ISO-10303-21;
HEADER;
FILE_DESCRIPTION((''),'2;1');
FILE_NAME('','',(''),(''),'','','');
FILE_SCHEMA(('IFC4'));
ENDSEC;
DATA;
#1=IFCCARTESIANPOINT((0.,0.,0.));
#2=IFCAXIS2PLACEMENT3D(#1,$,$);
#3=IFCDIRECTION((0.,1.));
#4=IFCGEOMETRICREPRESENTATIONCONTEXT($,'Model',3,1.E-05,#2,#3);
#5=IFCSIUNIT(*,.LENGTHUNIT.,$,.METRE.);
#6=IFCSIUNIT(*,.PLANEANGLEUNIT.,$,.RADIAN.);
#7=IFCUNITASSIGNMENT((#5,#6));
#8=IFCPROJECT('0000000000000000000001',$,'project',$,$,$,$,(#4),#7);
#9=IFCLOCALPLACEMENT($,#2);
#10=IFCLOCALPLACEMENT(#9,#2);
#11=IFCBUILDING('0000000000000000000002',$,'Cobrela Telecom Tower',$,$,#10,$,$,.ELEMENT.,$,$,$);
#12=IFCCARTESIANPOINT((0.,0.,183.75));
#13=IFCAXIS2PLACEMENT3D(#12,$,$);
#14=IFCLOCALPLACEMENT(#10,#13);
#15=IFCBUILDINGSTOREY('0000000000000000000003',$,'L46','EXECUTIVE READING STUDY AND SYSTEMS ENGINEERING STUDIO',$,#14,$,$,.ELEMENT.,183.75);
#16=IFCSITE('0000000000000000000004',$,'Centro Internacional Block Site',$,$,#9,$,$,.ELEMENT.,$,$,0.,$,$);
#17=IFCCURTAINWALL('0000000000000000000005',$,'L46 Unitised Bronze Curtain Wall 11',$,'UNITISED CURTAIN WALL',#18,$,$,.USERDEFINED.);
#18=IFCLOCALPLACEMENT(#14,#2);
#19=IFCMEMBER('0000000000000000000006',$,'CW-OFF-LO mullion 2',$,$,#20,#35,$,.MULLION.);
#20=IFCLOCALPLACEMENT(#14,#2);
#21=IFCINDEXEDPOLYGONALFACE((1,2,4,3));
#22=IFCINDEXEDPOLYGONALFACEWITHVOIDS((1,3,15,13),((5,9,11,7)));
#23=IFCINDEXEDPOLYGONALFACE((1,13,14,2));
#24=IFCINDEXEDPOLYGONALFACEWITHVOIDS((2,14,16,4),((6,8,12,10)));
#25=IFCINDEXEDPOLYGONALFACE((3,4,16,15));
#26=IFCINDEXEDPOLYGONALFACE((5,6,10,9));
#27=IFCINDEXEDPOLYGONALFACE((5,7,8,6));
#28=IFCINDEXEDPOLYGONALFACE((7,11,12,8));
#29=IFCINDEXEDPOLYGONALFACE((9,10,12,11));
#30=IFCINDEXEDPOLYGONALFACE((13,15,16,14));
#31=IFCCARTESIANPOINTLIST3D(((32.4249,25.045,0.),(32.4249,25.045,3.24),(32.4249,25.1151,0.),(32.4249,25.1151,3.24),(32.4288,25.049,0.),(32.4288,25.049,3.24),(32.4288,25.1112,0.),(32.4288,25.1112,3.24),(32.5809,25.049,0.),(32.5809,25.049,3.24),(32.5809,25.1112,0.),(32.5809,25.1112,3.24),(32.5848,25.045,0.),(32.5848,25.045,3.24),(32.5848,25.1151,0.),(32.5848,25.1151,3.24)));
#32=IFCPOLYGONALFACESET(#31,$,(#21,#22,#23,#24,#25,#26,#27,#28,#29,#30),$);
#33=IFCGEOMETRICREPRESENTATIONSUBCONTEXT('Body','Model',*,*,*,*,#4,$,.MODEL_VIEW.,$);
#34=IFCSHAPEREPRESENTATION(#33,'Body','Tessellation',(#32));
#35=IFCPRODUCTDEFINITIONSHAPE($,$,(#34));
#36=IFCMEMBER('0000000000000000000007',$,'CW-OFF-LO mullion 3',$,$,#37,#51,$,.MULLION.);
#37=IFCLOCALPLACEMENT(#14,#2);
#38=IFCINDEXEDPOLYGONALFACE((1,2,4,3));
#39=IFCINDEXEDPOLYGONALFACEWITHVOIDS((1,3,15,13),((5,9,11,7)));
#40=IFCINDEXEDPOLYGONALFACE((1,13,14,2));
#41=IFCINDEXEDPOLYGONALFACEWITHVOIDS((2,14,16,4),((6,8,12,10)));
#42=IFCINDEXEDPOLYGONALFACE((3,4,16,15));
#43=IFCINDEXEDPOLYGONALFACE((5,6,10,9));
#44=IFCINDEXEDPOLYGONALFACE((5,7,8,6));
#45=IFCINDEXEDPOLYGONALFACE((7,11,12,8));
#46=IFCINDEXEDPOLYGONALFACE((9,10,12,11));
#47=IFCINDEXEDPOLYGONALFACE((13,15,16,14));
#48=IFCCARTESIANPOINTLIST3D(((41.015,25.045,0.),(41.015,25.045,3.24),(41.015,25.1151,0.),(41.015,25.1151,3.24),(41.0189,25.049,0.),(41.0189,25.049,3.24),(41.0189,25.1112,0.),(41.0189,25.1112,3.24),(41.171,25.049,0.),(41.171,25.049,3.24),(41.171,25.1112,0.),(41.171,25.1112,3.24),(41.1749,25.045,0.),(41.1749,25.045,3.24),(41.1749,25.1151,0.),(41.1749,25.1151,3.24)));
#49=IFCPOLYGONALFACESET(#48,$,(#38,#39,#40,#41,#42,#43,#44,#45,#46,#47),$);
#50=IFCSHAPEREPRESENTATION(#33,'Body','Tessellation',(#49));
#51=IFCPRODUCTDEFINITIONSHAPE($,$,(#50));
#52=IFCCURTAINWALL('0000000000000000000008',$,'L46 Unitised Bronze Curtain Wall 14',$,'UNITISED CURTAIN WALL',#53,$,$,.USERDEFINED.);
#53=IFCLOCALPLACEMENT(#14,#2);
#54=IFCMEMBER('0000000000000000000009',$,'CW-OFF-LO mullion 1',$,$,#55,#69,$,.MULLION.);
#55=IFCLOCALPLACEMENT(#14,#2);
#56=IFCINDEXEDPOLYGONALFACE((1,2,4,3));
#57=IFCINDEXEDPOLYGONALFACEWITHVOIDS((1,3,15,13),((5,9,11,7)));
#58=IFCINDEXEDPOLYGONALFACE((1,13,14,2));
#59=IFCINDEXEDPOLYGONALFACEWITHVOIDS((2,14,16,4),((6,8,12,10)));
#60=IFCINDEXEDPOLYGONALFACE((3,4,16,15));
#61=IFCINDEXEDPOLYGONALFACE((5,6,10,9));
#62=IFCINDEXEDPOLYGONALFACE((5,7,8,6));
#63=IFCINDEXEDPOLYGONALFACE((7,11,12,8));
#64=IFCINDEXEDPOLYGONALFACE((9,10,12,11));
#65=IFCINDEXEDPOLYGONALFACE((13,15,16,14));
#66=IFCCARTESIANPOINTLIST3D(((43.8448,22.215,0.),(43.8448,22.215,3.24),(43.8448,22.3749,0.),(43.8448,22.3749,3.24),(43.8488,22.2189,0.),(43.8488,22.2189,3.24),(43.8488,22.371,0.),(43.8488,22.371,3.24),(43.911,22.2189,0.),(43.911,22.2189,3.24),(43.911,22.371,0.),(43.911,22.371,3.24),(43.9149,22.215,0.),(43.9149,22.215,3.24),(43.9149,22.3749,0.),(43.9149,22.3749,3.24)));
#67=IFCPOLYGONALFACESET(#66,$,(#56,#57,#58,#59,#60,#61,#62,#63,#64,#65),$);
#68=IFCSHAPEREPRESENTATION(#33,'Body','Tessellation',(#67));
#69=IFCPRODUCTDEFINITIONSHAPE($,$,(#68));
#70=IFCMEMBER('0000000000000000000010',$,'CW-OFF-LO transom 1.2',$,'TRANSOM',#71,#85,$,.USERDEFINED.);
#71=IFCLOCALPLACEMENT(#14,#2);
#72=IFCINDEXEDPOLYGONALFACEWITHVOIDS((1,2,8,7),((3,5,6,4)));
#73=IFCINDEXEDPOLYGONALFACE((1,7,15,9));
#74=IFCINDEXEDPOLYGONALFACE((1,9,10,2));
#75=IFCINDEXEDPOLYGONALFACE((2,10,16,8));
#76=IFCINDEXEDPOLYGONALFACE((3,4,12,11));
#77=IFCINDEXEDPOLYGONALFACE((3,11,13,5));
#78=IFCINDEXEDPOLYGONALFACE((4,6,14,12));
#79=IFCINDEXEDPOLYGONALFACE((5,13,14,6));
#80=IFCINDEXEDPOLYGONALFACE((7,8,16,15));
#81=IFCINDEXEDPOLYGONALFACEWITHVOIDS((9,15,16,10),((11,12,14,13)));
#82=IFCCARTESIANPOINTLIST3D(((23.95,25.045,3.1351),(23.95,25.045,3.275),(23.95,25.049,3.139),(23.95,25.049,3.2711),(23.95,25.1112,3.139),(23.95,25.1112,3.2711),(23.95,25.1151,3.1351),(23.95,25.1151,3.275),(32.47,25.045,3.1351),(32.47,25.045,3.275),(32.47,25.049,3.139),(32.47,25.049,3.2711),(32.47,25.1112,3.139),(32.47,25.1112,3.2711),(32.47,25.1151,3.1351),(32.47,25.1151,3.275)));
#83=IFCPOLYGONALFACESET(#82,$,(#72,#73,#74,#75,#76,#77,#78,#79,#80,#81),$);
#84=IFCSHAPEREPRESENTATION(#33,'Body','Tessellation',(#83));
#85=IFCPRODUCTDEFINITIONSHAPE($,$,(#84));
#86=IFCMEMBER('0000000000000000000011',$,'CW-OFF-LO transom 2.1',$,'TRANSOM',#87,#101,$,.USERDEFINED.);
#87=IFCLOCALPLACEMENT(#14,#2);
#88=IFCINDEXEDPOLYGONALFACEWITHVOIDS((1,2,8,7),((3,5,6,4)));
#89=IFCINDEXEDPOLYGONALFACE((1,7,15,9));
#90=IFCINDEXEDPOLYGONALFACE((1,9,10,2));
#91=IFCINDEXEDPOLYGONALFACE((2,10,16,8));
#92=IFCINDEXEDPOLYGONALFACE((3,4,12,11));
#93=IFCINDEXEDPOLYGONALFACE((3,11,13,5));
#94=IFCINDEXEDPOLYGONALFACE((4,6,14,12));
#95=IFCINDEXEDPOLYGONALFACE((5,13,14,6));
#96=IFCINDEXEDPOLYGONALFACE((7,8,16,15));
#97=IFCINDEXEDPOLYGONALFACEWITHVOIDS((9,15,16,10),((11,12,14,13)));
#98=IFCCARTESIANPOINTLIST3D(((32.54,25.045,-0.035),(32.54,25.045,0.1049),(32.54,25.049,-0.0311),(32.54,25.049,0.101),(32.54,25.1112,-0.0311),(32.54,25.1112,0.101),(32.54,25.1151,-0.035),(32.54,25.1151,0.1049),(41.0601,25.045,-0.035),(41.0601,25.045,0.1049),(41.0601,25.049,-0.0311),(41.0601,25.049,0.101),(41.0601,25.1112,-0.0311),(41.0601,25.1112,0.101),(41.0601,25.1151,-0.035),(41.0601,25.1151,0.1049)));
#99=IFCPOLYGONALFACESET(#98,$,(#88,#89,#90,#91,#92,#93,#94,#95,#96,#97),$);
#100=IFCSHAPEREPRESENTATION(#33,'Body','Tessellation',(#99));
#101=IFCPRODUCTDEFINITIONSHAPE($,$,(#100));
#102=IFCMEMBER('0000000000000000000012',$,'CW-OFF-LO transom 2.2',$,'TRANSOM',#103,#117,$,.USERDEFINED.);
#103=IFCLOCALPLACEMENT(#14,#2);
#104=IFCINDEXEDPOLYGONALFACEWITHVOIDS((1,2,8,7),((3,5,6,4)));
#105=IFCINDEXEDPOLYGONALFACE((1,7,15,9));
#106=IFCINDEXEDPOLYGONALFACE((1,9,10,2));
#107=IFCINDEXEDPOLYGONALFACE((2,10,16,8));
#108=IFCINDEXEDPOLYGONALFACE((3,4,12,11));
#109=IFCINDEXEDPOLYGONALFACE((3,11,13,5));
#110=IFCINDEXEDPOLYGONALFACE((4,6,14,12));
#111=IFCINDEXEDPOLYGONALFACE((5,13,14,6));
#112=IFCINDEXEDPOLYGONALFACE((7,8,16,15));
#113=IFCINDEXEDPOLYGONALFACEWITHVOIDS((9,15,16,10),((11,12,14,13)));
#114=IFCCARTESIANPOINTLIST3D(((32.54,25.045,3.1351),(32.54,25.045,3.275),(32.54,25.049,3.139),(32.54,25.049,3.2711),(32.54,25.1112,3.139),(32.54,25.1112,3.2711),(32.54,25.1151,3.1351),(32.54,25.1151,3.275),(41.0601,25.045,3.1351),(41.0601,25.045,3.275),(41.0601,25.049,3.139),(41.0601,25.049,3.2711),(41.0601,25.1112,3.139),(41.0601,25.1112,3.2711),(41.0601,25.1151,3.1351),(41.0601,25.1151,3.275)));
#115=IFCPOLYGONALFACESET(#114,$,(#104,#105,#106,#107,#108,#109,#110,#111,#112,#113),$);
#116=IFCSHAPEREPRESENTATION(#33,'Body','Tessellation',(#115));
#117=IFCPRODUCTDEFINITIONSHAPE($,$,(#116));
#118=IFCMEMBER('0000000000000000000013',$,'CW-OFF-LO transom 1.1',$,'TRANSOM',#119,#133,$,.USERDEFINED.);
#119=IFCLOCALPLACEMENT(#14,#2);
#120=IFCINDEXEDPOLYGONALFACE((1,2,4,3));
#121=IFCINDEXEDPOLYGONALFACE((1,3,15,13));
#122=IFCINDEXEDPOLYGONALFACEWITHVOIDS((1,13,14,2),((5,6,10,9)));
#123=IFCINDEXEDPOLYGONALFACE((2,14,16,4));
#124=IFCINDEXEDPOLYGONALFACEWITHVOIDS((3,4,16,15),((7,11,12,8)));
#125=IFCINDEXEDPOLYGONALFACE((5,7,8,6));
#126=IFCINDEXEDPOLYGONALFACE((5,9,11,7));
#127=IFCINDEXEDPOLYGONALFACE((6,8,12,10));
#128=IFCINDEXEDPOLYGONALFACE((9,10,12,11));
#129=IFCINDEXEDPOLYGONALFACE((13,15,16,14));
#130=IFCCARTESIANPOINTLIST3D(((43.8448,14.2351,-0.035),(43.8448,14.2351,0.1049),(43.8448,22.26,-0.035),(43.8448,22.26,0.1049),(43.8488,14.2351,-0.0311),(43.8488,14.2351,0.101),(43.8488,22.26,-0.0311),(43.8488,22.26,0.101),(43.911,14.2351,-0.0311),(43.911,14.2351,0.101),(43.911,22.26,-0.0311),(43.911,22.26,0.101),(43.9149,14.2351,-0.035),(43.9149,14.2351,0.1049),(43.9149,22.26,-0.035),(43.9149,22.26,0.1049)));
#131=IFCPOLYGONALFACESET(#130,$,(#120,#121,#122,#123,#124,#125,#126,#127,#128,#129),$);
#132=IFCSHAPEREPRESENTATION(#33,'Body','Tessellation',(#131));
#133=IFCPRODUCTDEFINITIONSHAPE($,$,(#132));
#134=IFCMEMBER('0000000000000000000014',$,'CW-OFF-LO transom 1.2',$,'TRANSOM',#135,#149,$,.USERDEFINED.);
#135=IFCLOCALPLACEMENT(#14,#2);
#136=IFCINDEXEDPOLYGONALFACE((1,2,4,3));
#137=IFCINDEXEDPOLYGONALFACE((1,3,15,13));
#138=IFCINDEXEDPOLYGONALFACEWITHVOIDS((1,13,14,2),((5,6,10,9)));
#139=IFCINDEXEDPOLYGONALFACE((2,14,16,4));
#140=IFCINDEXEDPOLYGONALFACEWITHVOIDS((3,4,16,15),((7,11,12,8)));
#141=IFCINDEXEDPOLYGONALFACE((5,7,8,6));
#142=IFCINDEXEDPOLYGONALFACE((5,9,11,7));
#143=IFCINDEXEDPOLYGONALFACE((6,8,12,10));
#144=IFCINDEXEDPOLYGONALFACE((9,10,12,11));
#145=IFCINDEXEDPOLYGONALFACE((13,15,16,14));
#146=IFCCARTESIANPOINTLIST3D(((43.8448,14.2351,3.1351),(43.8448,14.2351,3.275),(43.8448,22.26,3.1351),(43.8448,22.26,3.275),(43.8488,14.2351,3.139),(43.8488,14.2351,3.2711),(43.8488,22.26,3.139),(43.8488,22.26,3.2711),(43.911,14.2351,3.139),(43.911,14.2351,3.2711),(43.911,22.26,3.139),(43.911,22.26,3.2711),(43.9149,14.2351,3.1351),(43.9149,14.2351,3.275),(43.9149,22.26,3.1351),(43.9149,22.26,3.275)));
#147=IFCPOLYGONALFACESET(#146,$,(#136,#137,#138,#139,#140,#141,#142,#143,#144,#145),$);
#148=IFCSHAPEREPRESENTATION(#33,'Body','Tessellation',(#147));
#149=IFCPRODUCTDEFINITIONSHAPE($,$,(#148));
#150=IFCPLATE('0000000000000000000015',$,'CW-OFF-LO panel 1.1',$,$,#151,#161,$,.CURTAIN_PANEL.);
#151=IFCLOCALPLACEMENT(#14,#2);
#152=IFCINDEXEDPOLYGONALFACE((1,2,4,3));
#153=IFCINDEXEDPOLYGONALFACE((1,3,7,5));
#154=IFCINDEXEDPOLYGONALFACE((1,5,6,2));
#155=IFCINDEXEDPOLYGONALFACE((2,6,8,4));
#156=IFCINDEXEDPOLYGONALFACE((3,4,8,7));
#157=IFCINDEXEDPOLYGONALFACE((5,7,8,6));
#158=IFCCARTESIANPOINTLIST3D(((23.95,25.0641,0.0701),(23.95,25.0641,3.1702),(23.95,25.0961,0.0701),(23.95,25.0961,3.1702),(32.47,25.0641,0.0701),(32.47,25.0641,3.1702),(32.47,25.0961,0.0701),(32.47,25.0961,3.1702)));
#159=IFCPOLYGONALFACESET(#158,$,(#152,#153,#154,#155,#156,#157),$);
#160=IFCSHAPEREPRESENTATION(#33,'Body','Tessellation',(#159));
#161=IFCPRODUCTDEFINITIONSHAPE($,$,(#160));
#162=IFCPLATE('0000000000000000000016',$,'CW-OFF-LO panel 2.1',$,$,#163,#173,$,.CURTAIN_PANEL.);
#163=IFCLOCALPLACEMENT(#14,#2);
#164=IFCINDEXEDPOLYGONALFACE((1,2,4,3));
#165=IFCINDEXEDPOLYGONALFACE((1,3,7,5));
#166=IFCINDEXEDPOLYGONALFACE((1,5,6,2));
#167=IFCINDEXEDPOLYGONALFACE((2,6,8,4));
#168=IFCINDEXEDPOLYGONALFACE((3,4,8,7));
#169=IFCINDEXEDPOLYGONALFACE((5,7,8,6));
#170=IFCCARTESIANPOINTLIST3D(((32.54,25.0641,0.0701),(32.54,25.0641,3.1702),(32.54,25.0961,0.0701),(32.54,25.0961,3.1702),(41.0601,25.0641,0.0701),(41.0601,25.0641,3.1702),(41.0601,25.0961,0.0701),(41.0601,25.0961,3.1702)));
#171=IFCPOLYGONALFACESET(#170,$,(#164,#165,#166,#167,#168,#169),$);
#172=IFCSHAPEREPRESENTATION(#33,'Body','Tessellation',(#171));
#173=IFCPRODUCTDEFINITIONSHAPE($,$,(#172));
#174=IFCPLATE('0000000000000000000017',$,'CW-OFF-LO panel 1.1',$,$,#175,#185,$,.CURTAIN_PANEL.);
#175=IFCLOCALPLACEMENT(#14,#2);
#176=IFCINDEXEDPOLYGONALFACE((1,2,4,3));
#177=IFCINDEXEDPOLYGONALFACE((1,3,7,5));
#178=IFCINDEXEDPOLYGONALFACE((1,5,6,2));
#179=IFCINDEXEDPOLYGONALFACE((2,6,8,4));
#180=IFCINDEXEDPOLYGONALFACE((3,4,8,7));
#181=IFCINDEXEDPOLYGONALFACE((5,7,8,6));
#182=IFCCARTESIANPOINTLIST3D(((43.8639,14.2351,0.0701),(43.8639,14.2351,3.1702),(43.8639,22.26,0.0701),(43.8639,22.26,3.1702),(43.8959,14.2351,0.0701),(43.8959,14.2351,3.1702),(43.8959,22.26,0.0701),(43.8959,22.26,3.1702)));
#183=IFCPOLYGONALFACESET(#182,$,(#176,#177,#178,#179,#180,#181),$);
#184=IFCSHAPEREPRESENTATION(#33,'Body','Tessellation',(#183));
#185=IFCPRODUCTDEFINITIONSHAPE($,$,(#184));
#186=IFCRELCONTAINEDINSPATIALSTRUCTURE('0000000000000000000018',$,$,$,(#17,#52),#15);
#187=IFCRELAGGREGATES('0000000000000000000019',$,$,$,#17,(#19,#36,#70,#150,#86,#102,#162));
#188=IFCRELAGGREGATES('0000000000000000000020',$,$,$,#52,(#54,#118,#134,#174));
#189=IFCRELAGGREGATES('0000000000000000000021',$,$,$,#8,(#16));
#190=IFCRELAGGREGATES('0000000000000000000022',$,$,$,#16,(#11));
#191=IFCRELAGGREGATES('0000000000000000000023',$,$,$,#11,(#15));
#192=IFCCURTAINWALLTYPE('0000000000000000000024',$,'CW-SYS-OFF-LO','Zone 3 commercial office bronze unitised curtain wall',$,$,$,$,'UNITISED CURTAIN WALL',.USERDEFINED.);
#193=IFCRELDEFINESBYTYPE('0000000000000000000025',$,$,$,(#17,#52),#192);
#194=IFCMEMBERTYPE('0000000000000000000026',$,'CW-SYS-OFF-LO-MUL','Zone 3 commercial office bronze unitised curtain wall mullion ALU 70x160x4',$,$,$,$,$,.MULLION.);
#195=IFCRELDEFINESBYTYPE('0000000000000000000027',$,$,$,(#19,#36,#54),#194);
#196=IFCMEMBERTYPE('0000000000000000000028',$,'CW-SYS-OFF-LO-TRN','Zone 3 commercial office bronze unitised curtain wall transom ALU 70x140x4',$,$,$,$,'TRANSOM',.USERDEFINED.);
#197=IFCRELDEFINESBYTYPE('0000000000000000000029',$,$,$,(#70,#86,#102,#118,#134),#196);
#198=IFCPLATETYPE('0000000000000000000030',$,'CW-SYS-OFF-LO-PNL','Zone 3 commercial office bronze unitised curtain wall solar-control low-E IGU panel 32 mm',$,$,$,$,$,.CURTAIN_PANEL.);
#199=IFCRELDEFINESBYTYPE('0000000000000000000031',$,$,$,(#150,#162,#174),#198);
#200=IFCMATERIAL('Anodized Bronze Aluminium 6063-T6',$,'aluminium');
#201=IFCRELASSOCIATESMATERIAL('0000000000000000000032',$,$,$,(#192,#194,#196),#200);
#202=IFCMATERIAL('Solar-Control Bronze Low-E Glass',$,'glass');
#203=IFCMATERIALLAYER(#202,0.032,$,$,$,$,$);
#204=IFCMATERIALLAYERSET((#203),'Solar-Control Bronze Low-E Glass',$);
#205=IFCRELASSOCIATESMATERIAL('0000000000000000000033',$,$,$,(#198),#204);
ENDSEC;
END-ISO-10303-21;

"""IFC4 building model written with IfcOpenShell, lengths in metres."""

from ifc_helpers import new_model, si_unit, direction, frame, origin, origin_2d, place, context, subcontext, project, spatial, rectangle, hollow_rectangle, extrude, material, layer, layer_set, material_profile, profile_set, type_object, element, aggregate, save


model = new_model("IFC4")

# Units and contexts
model_context = context("Model", 3, precision=1e-05, world=origin(), true_north=direction((0.0, 1.0)))
body_context = subcontext(model_context, "Body", "Model", "MODEL_VIEW")
ifc_project = project(units=[si_unit("LENGTHUNIT", "METRE"), si_unit("PLANEANGLEUNIT", "RADIAN")], contexts=[model_context])

# Site, building, storey
site_placement = place(None, origin())
site = spatial("IfcSite", under=ifc_project, at=site_placement, Name="Centro Internacional Block Site", CompositionType="ELEMENT", RefElevation=0.0)
building_placement = place(site_placement, origin())
building = spatial("IfcBuilding", under=site, at=building_placement, Name="Cobrela Telecom Tower", CompositionType="ELEMENT")
storey_placement = place(building_placement, frame((0.0, 0.0, 183.75)))
storey = spatial("IfcBuildingStorey", under=building, at=storey_placement, Name="L46", Description="EXECUTIVE READING STUDY AND SYSTEMS ENGINEERING STUDIO", CompositionType="ELEMENT", Elevation=183.75)

# Curtain wall, members
ifc_material_1 = material(Name="Anodized Bronze Aluminium 6063-T6", Category="aluminium")
curtain_wall_type = type_object("IfcCurtainWallType", Name="CW-SYS-OFF-LO", Description="Zone 3 commercial office bronze unitised curtain wall", ElementType="UNITISED CURTAIN WALL", PredefinedType="USERDEFINED", material=ifc_material_1)
curtain_wall_1_placement = place(storey_placement, origin())
curtain_wall_1 = element("IfcCurtainWall", 1, at=curtain_wall_1_placement, inside=storey, type_object=curtain_wall_type, Name="L46 Unitised Bronze Curtain Wall 11", ObjectType="UNITISED CURTAIN WALL", PredefinedType="USERDEFINED")
ifc_material_profile_1 = material_profile(ifc_material_1, hollow_rectangle(XDim=0.0701, YDim=0.1599, WallThickness=0.0039, at=origin_2d()), Name="ALU 70x160x4")
ifc_profile_set_1 = profile_set([ifc_material_profile_1], Name="Anodized Bronze Aluminium 6063-T6")
member_type_1 = type_object("IfcMemberType", Name="CW-SYS-OFF-LO-MUL", Description="Zone 3 commercial office bronze unitised curtain wall mullion ALU 70x160x4", PredefinedType="MULLION", material=ifc_profile_set_1)
member_1_placement = place(storey_placement, frame((32.5049, 25.0801, 0.0), z_axis=(0.0, 0.0, 1.0), x_axis=(0.0, 1.0, 0.0)))
member_1 = element("IfcMember", 2, at=member_1_placement, type_object=member_type_1, Name="CW-OFF-LO mullion 2", PredefinedType="MULLION", context=body_context, shape_type="SweptSolid", body=[
    extrude(hollow_rectangle(XDim=0.0701, YDim=0.1599, WallThickness=0.0039, at=origin_2d()), origin(), (0.0, 0.0, 1.0), 3.24),
])
member_2_placement = place(storey_placement, frame((41.095, 25.0801, 0.0), z_axis=(0.0, 0.0, 1.0), x_axis=(0.0, 1.0, 0.0)))
member_2 = element("IfcMember", 3, at=member_2_placement, type_object=member_type_1, Name="CW-OFF-LO mullion 3", PredefinedType="MULLION", context=body_context, shape_type="SweptSolid", body=[
    extrude(hollow_rectangle(XDim=0.0701, YDim=0.1599, WallThickness=0.0039, at=origin_2d()), origin(), (0.0, 0.0, 1.0), 3.24),
])

# Curtain wall, member
curtain_wall_2_placement = place(storey_placement, origin())
curtain_wall_2 = element("IfcCurtainWall", 4, at=curtain_wall_2_placement, inside=storey, type_object=curtain_wall_type, Name="L46 Unitised Bronze Curtain Wall 14", ObjectType="UNITISED CURTAIN WALL", PredefinedType="USERDEFINED")
member_3_placement = place(storey_placement, frame((43.8799, 22.2949, 0.0), z_axis=(0.0, 0.0, 1.0), x_axis=(1.0, 0.0, 0.0)))
member_3 = element("IfcMember", 5, at=member_3_placement, type_object=member_type_1, Name="CW-OFF-LO mullion 1", PredefinedType="MULLION", context=body_context, shape_type="SweptSolid", body=[
    extrude(hollow_rectangle(XDim=0.0701, YDim=0.1599, WallThickness=0.0039, at=origin_2d()), origin(), (0.0, 0.0, 1.0), 3.24),
])

# Members
ifc_material_profile_2 = material_profile(ifc_material_1, hollow_rectangle(XDim=0.0701, YDim=0.1399, WallThickness=0.0039, at=origin_2d()), Name="ALU 70x140x4")
ifc_profile_set_2 = profile_set([ifc_material_profile_2], Name="Anodized Bronze Aluminium 6063-T6")
member_type_2 = type_object("IfcMemberType", Name="CW-SYS-OFF-LO-TRN", Description="Zone 3 commercial office bronze unitised curtain wall transom ALU 70x140x4", ElementType="TRANSOM", PredefinedType="USERDEFINED", material=ifc_profile_set_2)
member_4_placement = place(storey_placement, frame((23.95, 25.0801, 3.2051), z_axis=(1.0, 0.0, 0.0), x_axis=(0.0, 1.0, 0.0)))
member_4 = element("IfcMember", 6, at=member_4_placement, type_object=member_type_2, Name="CW-OFF-LO transom 1.2", ObjectType="TRANSOM", PredefinedType="USERDEFINED", context=body_context, shape_type="SweptSolid", body=[
    extrude(hollow_rectangle(XDim=0.0701, YDim=0.1399, WallThickness=0.0039, at=origin_2d()), origin(), (0.0, 0.0, 1.0), 8.52),
])
member_5_placement = place(storey_placement, frame((32.54, 25.0801, 0.0349), z_axis=(1.0, 0.0, 0.0), x_axis=(0.0, 1.0, 0.0)))
member_5 = element("IfcMember", 7, at=member_5_placement, type_object=member_type_2, Name="CW-OFF-LO transom 2.1", ObjectType="TRANSOM", PredefinedType="USERDEFINED", context=body_context, shape_type="SweptSolid", body=[
    extrude(hollow_rectangle(XDim=0.0701, YDim=0.1399, WallThickness=0.0039, at=origin_2d()), origin(), (0.0, 0.0, 1.0), 8.52),
])
member_6_placement = place(storey_placement, frame((32.54, 25.0801, 3.2051), z_axis=(1.0, 0.0, 0.0), x_axis=(0.0, 1.0, 0.0)))
member_6 = element("IfcMember", 8, at=member_6_placement, type_object=member_type_2, Name="CW-OFF-LO transom 2.2", ObjectType="TRANSOM", PredefinedType="USERDEFINED", context=body_context, shape_type="SweptSolid", body=[
    extrude(hollow_rectangle(XDim=0.0701, YDim=0.1399, WallThickness=0.0039, at=origin_2d()), origin(), (0.0, 0.0, 1.0), 8.52),
])
member_7_placement = place(storey_placement, frame((43.8799, 22.26, 0.0349), z_axis=(0.0, -1.0, 0.0), x_axis=(1.0, 0.0, 0.0)))
member_7 = element("IfcMember", 9, at=member_7_placement, type_object=member_type_2, Name="CW-OFF-LO transom 1.1", ObjectType="TRANSOM", PredefinedType="USERDEFINED", context=body_context, shape_type="SweptSolid", body=[
    extrude(hollow_rectangle(XDim=0.0701, YDim=0.1399, WallThickness=0.0039, at=origin_2d()), origin(), (0.0, 0.0, 1.0), 8.0249),
])
member_8_placement = place(storey_placement, frame((43.8799, 22.26, 3.2051), z_axis=(0.0, -1.0, 0.0), x_axis=(1.0, 0.0, 0.0)))
member_8 = element("IfcMember", 10, at=member_8_placement, type_object=member_type_2, Name="CW-OFF-LO transom 1.2", ObjectType="TRANSOM", PredefinedType="USERDEFINED", context=body_context, shape_type="SweptSolid", body=[
    extrude(hollow_rectangle(XDim=0.0701, YDim=0.1399, WallThickness=0.0039, at=origin_2d()), origin(), (0.0, 0.0, 1.0), 8.0249),
])

# Plates
ifc_material_2 = material(Name="Solar-Control Bronze Low-E Glass", Category="glass")
ifc_layer_1 = layer(ifc_material_2, 0.032)
ifc_layer_set_1 = layer_set([ifc_layer_1], Name="Solar-Control Bronze Low-E Glass")
plate_type = type_object("IfcPlateType", Name="CW-SYS-OFF-LO-PNL", Description="Zone 3 commercial office bronze unitised curtain wall solar-control low-E IGU panel 32 mm", PredefinedType="CURTAIN_PANEL", material=ifc_layer_set_1)
plate_1_placement = place(storey_placement, frame((28.21, 25.0801, 0.0701), z_axis=(0.0, 0.0, 1.0), x_axis=(1.0, 0.0, 0.0)))
plate_1 = element("IfcPlate", 11, at=plate_1_placement, type_object=plate_type, Name="CW-OFF-LO panel 1.1", PredefinedType="CURTAIN_PANEL", context=body_context, shape_type="SweptSolid", body=[
    extrude(rectangle(XDim=8.52, YDim=0.032, at=origin_2d()), origin(), (0.0, 0.0, 1.0), 3.1001),
])
plate_2_placement = place(storey_placement, frame((36.8, 25.0801, 0.0701), z_axis=(0.0, 0.0, 1.0), x_axis=(1.0, 0.0, 0.0)))
plate_2 = element("IfcPlate", 12, at=plate_2_placement, type_object=plate_type, Name="CW-OFF-LO panel 2.1", PredefinedType="CURTAIN_PANEL", context=body_context, shape_type="SweptSolid", body=[
    extrude(rectangle(XDim=8.52, YDim=0.032, at=origin_2d()), origin(), (0.0, 0.0, 1.0), 3.1001),
])
aggregate(curtain_wall_1, [member_1, member_2, member_4, plate_1, member_5, member_6, plate_2])
plate_3_placement = place(storey_placement, frame((43.8799, 18.2476, 0.0701), z_axis=(0.0, 0.0, 1.0), x_axis=(0.0, -1.0, 0.0)))
plate_3 = element("IfcPlate", 13, at=plate_3_placement, type_object=plate_type, Name="CW-OFF-LO panel 1.1", PredefinedType="CURTAIN_PANEL", context=body_context, shape_type="SweptSolid", body=[
    extrude(rectangle(XDim=8.0249, YDim=0.032, at=origin_2d()), origin(), (0.0, 0.0, 1.0), 3.1001),
])
aggregate(curtain_wall_2, [member_3, member_7, member_8, plate_3])

save(model, "model.ifc")
